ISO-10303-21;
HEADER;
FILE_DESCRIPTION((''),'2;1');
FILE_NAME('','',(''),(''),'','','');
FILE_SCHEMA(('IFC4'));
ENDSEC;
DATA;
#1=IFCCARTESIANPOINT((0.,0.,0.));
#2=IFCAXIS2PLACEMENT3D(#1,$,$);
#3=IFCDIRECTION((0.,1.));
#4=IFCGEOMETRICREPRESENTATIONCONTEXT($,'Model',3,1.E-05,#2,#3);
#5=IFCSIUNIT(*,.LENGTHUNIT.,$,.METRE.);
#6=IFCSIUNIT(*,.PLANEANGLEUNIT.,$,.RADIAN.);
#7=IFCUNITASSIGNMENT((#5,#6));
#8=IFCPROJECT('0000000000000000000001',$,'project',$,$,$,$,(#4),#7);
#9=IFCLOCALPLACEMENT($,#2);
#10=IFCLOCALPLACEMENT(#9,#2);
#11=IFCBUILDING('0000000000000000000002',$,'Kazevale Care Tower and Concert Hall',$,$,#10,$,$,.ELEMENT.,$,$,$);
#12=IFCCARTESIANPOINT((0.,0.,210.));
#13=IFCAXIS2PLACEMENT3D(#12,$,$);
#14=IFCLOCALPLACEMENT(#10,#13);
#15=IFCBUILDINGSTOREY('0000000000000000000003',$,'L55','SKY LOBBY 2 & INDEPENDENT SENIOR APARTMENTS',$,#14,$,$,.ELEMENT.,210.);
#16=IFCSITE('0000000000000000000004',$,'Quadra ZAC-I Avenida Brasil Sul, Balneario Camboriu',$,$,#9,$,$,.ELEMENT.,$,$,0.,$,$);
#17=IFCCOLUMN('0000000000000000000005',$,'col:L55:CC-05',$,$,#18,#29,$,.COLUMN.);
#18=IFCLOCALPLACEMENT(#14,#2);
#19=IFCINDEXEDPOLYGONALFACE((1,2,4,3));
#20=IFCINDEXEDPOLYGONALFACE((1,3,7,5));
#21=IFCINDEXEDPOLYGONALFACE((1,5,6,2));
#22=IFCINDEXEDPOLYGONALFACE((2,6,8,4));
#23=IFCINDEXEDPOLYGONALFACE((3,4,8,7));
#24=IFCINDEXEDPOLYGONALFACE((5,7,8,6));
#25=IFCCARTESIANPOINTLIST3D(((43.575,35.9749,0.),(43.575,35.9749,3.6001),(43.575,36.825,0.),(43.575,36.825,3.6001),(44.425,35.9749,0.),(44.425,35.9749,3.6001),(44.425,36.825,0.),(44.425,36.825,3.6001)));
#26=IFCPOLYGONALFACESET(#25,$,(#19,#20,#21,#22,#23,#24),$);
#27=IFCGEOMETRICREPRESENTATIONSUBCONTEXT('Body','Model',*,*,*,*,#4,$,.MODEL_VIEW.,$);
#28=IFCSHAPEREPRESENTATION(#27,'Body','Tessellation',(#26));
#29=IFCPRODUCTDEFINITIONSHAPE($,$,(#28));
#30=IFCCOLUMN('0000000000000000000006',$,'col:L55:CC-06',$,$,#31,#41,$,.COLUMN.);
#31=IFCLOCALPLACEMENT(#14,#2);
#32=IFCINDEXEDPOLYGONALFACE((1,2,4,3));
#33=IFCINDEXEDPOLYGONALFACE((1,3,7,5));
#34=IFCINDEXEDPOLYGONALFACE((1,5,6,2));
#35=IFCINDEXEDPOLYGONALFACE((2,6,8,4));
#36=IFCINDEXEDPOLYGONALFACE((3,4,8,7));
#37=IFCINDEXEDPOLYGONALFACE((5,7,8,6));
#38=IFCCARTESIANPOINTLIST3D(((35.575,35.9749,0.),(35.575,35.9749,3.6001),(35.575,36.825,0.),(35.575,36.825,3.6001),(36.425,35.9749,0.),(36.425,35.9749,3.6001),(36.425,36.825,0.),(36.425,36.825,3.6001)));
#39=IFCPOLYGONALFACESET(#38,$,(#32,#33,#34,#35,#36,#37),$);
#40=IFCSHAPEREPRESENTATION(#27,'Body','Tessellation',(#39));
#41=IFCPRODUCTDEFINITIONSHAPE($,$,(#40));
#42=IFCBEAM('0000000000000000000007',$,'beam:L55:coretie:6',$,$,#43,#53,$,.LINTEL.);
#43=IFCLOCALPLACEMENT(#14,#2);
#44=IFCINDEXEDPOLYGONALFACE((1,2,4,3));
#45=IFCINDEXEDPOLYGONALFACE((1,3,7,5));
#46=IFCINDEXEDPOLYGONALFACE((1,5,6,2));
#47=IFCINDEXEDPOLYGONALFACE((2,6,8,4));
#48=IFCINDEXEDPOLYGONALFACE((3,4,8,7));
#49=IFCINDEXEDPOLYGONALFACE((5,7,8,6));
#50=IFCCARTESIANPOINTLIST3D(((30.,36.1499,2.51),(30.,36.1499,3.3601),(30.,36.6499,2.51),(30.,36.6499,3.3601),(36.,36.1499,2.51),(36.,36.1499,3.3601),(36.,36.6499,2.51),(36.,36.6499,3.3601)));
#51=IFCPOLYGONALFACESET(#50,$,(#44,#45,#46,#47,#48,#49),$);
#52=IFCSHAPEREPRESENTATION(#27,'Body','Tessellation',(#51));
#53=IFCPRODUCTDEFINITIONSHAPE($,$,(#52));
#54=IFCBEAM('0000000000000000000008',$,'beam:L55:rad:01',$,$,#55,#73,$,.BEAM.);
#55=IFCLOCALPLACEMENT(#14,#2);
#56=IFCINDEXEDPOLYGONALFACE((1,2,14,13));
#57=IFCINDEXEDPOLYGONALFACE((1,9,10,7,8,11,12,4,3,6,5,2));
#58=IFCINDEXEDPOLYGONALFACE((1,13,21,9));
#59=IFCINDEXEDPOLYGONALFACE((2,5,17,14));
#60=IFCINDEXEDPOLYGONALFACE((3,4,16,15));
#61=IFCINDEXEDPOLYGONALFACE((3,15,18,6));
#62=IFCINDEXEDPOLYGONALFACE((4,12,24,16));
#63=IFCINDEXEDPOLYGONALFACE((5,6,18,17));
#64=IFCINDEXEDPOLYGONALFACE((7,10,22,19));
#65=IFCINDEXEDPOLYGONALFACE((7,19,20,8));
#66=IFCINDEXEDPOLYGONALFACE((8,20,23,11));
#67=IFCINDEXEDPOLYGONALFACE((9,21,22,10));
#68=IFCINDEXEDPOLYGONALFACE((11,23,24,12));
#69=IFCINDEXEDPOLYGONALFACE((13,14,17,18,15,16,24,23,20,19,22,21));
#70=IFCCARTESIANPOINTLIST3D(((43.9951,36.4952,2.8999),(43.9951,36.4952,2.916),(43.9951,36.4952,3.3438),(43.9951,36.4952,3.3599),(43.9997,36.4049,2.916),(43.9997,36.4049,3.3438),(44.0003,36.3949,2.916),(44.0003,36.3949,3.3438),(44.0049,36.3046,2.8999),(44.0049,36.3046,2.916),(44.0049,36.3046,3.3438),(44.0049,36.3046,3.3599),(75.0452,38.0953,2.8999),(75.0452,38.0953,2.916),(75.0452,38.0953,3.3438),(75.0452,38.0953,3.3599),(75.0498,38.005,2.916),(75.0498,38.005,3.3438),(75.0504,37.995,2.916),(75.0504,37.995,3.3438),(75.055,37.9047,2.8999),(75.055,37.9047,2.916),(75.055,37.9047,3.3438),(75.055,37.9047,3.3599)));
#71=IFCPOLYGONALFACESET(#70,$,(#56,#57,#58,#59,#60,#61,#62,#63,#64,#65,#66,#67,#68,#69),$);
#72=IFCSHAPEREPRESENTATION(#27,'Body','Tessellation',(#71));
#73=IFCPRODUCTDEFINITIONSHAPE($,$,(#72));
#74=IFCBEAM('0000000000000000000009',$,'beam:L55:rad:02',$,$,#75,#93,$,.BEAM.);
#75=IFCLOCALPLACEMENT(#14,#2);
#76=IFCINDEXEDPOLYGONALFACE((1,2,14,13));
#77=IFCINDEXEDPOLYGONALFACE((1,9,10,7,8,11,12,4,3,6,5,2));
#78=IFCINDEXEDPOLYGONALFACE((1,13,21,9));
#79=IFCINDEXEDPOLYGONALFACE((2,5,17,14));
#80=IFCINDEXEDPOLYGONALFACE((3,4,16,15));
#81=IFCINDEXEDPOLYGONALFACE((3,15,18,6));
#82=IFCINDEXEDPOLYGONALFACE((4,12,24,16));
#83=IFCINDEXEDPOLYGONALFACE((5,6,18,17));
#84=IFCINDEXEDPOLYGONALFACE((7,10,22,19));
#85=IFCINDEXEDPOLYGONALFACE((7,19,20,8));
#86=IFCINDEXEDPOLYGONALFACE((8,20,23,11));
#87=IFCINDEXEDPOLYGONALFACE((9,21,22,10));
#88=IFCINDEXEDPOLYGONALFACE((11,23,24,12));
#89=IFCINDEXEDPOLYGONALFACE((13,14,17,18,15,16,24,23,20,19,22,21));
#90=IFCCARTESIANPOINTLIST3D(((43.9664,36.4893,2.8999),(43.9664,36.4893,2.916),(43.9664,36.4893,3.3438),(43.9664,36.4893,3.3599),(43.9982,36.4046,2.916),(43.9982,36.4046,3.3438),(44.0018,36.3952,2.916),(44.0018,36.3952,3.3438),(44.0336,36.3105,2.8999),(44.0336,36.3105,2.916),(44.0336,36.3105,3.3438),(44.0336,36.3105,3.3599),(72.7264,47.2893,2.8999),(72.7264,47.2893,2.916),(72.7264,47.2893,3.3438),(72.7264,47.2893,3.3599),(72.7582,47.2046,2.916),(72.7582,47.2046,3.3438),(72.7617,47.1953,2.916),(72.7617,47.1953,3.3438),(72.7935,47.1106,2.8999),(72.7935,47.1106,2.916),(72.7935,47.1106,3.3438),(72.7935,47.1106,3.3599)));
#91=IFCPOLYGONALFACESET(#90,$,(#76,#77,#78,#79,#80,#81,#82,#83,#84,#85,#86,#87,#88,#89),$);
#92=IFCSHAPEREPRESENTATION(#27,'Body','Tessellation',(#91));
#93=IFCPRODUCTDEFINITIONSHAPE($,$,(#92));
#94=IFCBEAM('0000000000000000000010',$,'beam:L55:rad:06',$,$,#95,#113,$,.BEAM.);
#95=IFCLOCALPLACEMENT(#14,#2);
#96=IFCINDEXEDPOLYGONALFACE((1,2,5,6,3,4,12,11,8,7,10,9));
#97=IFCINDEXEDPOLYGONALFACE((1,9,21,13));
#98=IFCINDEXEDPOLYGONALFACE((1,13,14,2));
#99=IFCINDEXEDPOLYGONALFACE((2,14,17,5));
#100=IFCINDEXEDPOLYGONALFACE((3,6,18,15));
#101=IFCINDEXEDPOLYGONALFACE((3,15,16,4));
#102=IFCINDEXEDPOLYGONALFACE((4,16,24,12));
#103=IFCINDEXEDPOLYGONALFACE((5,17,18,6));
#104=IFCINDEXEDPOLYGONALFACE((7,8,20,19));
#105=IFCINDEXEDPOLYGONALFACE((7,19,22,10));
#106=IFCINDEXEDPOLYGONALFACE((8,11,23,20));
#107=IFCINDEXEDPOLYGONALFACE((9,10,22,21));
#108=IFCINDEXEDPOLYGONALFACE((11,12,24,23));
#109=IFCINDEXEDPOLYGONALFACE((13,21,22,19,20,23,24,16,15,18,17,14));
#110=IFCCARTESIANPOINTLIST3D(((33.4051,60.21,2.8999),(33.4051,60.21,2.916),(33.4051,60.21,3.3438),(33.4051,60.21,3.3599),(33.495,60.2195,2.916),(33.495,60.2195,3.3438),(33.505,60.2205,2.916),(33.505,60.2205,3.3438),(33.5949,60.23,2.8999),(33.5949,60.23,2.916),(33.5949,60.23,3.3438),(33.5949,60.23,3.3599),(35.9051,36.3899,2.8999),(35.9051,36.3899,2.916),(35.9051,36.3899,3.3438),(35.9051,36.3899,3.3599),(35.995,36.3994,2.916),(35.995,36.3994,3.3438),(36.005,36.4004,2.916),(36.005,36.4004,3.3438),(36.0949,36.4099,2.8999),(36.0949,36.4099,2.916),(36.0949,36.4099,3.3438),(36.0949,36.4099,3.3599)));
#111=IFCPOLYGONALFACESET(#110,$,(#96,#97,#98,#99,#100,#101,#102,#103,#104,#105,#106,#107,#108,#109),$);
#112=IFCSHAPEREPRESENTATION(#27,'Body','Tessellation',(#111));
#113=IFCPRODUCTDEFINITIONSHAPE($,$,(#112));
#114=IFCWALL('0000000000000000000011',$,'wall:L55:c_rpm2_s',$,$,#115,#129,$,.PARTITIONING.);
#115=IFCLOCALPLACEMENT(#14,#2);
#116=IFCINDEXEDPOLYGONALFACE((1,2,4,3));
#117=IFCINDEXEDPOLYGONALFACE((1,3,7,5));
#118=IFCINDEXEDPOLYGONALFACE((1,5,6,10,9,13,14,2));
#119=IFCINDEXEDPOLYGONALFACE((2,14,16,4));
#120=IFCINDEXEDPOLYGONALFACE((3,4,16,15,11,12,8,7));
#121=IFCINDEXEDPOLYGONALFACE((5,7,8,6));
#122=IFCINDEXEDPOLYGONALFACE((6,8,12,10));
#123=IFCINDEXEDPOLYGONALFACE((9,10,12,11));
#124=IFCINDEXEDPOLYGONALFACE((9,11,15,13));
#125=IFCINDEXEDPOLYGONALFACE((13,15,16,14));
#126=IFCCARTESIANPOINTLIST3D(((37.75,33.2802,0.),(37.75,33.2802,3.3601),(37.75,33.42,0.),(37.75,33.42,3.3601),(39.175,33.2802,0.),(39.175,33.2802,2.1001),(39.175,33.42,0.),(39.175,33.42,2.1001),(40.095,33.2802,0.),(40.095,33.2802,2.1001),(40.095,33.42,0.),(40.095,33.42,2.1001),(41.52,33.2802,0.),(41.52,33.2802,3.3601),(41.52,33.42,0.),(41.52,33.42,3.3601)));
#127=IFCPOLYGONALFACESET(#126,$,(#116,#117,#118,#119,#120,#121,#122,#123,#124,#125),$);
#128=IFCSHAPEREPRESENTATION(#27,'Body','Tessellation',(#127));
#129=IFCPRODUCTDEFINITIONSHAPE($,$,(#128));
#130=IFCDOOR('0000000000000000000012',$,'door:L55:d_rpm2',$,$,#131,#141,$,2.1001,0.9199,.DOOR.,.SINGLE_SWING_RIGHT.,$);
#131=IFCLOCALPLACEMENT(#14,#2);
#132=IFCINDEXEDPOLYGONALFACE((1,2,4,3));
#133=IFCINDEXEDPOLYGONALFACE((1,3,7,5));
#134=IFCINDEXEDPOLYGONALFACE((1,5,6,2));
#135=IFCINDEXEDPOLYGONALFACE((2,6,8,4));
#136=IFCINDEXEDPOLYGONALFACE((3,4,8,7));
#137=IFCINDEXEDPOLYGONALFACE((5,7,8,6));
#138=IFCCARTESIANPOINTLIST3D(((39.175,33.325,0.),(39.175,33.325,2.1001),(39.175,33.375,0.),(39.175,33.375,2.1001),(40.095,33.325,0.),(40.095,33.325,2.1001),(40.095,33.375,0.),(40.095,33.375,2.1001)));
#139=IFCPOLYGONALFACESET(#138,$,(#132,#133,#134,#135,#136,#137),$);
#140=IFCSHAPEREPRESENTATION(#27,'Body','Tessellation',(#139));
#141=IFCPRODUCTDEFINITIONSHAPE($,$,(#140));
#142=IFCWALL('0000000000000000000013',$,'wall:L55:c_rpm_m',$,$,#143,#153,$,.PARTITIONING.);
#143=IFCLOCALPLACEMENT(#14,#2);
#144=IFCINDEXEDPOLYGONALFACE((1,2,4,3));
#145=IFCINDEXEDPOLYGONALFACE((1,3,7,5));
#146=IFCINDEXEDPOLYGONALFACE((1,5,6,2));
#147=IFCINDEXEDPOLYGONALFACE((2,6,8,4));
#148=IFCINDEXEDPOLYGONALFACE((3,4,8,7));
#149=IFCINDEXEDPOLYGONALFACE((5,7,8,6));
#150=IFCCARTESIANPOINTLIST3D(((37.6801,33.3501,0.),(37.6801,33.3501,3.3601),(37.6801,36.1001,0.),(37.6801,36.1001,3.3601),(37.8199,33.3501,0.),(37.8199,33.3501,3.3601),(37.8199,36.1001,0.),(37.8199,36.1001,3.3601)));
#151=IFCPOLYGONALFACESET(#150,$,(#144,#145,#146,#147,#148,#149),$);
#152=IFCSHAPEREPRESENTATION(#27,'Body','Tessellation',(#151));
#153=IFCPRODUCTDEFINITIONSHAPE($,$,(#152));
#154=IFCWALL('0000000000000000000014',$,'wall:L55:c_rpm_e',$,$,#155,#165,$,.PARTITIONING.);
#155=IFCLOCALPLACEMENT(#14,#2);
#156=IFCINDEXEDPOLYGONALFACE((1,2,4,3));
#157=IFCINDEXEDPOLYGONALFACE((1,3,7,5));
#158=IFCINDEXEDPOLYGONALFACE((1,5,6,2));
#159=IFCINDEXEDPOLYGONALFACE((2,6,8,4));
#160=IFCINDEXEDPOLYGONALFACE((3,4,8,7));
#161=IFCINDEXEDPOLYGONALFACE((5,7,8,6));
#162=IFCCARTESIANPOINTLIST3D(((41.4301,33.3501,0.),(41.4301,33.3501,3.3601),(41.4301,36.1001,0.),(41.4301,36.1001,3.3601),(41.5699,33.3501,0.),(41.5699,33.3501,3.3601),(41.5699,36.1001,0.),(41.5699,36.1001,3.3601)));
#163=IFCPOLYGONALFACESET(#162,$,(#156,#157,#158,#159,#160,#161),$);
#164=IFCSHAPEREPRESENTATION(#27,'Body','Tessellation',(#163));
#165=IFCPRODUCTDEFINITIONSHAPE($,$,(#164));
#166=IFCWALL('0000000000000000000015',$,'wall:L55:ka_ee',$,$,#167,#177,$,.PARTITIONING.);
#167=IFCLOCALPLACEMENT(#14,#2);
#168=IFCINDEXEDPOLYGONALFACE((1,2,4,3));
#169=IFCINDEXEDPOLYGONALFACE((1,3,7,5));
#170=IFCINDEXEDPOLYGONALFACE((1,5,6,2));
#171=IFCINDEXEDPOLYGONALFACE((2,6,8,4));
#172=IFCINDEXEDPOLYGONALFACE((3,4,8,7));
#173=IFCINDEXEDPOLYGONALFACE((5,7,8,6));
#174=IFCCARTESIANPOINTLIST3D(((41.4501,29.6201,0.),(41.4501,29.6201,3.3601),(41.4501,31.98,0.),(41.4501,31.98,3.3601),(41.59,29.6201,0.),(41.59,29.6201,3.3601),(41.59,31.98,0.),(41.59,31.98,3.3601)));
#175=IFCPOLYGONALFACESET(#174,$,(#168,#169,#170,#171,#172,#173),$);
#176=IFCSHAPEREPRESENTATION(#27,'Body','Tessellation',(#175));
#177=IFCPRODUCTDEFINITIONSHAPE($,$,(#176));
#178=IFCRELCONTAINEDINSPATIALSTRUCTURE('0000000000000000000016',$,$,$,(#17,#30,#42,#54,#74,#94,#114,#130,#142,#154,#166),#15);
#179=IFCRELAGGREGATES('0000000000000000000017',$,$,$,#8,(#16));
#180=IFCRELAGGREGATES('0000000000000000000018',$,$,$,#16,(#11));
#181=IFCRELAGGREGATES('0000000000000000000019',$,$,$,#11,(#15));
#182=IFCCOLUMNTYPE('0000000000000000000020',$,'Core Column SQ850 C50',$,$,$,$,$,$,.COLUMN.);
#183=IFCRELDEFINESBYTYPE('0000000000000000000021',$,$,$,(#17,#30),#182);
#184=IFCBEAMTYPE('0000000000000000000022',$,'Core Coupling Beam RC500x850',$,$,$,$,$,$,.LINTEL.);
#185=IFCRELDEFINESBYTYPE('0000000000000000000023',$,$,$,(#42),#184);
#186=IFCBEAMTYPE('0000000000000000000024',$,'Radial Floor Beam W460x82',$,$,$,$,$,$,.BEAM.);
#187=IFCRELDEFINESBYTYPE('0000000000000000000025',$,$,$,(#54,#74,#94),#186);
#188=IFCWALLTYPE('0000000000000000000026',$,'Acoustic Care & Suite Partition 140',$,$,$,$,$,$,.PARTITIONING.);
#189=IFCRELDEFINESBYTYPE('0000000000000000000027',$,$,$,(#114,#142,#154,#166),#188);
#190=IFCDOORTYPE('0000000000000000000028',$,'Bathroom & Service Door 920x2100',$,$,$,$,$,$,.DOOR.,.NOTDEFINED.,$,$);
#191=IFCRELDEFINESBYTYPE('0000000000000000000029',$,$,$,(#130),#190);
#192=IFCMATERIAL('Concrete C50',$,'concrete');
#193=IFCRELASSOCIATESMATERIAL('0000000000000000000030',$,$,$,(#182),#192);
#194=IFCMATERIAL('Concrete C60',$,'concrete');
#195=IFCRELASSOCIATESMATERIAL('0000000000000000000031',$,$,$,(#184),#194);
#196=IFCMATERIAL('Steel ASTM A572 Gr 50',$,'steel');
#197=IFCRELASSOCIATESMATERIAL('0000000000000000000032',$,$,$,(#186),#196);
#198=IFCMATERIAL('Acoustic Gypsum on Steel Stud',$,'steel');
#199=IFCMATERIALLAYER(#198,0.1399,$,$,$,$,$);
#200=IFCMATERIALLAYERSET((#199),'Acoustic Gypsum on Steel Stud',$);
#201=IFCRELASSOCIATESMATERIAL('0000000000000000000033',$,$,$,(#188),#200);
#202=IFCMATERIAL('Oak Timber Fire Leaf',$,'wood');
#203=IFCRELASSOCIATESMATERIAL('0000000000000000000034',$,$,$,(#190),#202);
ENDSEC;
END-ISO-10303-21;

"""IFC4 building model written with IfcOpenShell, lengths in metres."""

from ifc_helpers import new_model, si_unit, direction, frame, frame_2d, origin, origin_2d, place, context, subcontext, project, spatial, rectangle, i_section, extrude, material, layer, layer_set, material_profile, profile_set, type_object, element, fill, save


model = new_model("IFC4")

# Units and contexts
model_context = context("Model", 3, precision=1e-05, world=origin(), true_north=direction((0.0, 1.0)))
body_context = subcontext(model_context, "Body", "Model", "MODEL_VIEW")
ifc_project = project(units=[si_unit("LENGTHUNIT", "METRE"), si_unit("PLANEANGLEUNIT", "RADIAN")], contexts=[model_context])

# Site, building, storey
site_placement = place(None, origin())
site = spatial("IfcSite", under=ifc_project, at=site_placement, Name="Quadra ZAC-I Avenida Brasil Sul, Balneario Camboriu", CompositionType="ELEMENT", RefElevation=0.0)
building_placement = place(site_placement, origin())
building = spatial("IfcBuilding", under=site, at=building_placement, Name="Kazevale Care Tower and Concert Hall", CompositionType="ELEMENT")
storey_placement = place(building_placement, frame((0.0, 0.0, 210.0)))
storey = spatial("IfcBuildingStorey", under=building, at=storey_placement, Name="L55", Description="SKY LOBBY 2 & INDEPENDENT SENIOR APARTMENTS", CompositionType="ELEMENT", Elevation=210.0)

# Columns
ifc_material_1 = material(Name="Concrete C50", Category="concrete")
ifc_material_profile_1 = material_profile(ifc_material_1, rectangle(XDim=0.8501, YDim=0.8501, at=origin_2d()), Name="RC-SQ850")
ifc_profile_set_1 = profile_set([ifc_material_profile_1], Name="Concrete C50")
column_type = type_object("IfcColumnType", Name="Core Column SQ850 C50", PredefinedType="COLUMN", material=ifc_profile_set_1)
for number, where, z_axis, x_axis, name in (
    (1, (44.0, 36.3999, 0.0), (0.0, 0.0, 1.0), (1.0, 0.0, 0.0), "col:L55:CC-05"),
    (2, (36.0, 36.3999, 0.0), (0.0, 0.0, 1.0), (1.0, 0.0, 0.0), "col:L55:CC-06"),
):
    element("IfcColumn", number, at=place(storey_placement, frame(where, z_axis=z_axis, x_axis=x_axis)), inside=storey, type_object=column_type, Name=name, PredefinedType="COLUMN", context=body_context, shape_type="SweptSolid", body=[
        extrude(rectangle(XDim=0.8501, YDim=0.8501, at=origin_2d()), origin(), (0.0, 0.0, 1.0), 3.6001),
    ])

# Beams
ifc_material_2 = material(Name="Concrete C60", Category="concrete")
ifc_material_profile_2 = material_profile(ifc_material_2, rectangle(XDim=0.5, YDim=0.8501, at=origin_2d()), Name="RC-B500x850")
ifc_profile_set_2 = profile_set([ifc_material_profile_2], Name="Concrete C60")
beam_type_1 = type_object("IfcBeamType", Name="Core Coupling Beam RC500x850", PredefinedType="LINTEL", material=ifc_profile_set_2)
beam_1_placement = place(storey_placement, frame((36.0, 36.3999, 2.9351), z_axis=(-1.0, 0.0, 0.0), x_axis=(0.0, -1.0, 0.0)))
element("IfcBeam", 3, at=beam_1_placement, inside=storey, type_object=beam_type_1, Name="beam:L55:coretie:6", PredefinedType="LINTEL", context=body_context, shape_type="SweptSolid", body=[
    extrude(rectangle(XDim=0.5, YDim=0.8501, at=origin_2d()), origin(), (0.0, 0.0, 1.0), 6.0),
])
ifc_material_3 = material(Name="Steel ASTM A572 Gr 50", Category="steel")
ifc_material_profile_3 = material_profile(ifc_material_3, i_section(OverallWidth=0.1909, OverallDepth=0.46, WebThickness=0.01, FlangeThickness=0.0161, at=origin_2d()), Name="W460x82")
ifc_profile_set_3 = profile_set([ifc_material_profile_3], Name="Steel ASTM A572 Gr 50")
beam_type_2 = type_object("IfcBeamType", Name="Radial Floor Beam W460x82", PredefinedType="BEAM", material=ifc_profile_set_3)
beam_2_placement = place(storey_placement, frame((44.0, 36.3999, 3.1299), z_axis=(0.998675, 0.051465, 0.0), x_axis=(-0.051465, 0.998675, 0.0)))
element("IfcBeam", 4, at=beam_2_placement, inside=storey, type_object=beam_type_2, Name="beam:L55:rad:01", PredefinedType="BEAM", context=body_context, shape_type="SweptSolid", body=[
    extrude(i_section(OverallWidth=0.1909, OverallDepth=0.46, WebThickness=0.01, FlangeThickness=0.0161, at=origin_2d()), origin(), (0.0, 0.0, 1.0), 31.0913),
])
beam_3_placement = place(storey_placement, frame((44.0, 36.3999, 3.1299), z_axis=(0.936168, 0.351553, 0.0), x_axis=(-0.351553, 0.936168, 0.0)))
element("IfcBeam", 5, at=beam_3_placement, inside=storey, type_object=beam_type_2, Name="beam:L55:rad:02", PredefinedType="BEAM", context=body_context, shape_type="SweptSolid", body=[
    extrude(i_section(OverallWidth=0.1909, OverallDepth=0.46, WebThickness=0.01, FlangeThickness=0.0161, at=origin_2d()), origin(), (0.0, 0.0, 1.0), 30.7209),
])
beam_4_placement = place(storey_placement, frame((36.0, 36.3999, 3.1299), z_axis=(-0.10438, 0.994537, 0.0), x_axis=(-0.994537, -0.10438, 0.0)))
element("IfcBeam", 6, at=beam_4_placement, inside=storey, type_object=beam_type_2, Name="beam:L55:rad:06", PredefinedType="BEAM", context=body_context, shape_type="SweptSolid", body=[
    extrude(i_section(OverallWidth=0.1909, OverallDepth=0.46, WebThickness=0.01, FlangeThickness=0.0161, at=origin_2d()), origin(), (0.0, 0.0, 1.0), 23.9509),
])

# Wall, opening, door
ifc_material_4 = material(Name="Acoustic Gypsum on Steel Stud", Category="steel")
ifc_layer_1 = layer(ifc_material_4, 0.1399)
ifc_layer_set_1 = layer_set([ifc_layer_1], Name="Acoustic Gypsum on Steel Stud")
wall_type_1 = type_object("IfcWallType", Name="Acoustic Care & Suite Partition 140", PredefinedType="PARTITIONING", material=ifc_layer_set_1)
wall_1_placement = place(storey_placement, frame((37.75, 33.3501, 0.0), z_axis=(0.0, 0.0, 1.0), x_axis=(1.0, 0.0, 0.0)))
wall_1 = element("IfcWall", 7, at=wall_1_placement, inside=storey, type_object=wall_type_1, Name="wall:L55:c_rpm2_s", PredefinedType="PARTITIONING", context=body_context, shape_type="SweptSolid", body=[
    extrude(rectangle(XDim=3.77, YDim=0.1399, at=frame_2d((1.885, 0.0))), origin(), (0.0, 0.0, 1.0), 3.3601),
])
opening_1_placement = place(wall_1_placement, frame((1.425, 0.0, 0.0)))
opening_1 = element("IfcOpeningElement", 8, at=opening_1_placement, cuts=wall_1, PredefinedType="OPENING", context=body_context, shape_type="SweptSolid", body=[
    extrude(rectangle(XDim=0.9199, YDim=2.1001, at=frame_2d((0.46, 1.05))), frame((0.0, 0.0798, 0.0), z_axis=(0.0, -1.0, 0.0), x_axis=(1.0, 0.0, 0.0)), (0.0, 0.0, 1.0), 0.1599),
])
ifc_material_5 = material(Name="Oak Timber Fire Leaf", Category="wood")
door_type_1 = type_object("IfcDoorType", Name="Bathroom & Service Door 920x2100", OperationType="NOTDEFINED", PredefinedType="DOOR", material=ifc_material_5)
door_1_placement = place(opening_1_placement, origin())
door_1 = element("IfcDoor", 9, at=door_1_placement, inside=storey, type_object=door_type_1, Name="door:L55:d_rpm2", OperationType="SINGLE_SWING_RIGHT", OverallHeight=2.1001, OverallWidth=0.9199, PredefinedType="DOOR", context=body_context, shape_type="SweptSolid", body=[
    extrude(rectangle(XDim=0.9199, YDim=2.1001, at=frame_2d((0.46, 1.05))), frame((0.0, 0.0249, 0.0), z_axis=(0.0, -1.0, 0.0), x_axis=(1.0, 0.0, 0.0)), (0.0, 0.0, 1.0), 0.05),
])
fill(opening_1, door_1)

# Walls
for number, where, z_axis, x_axis, name in (
    (10, (37.75, 33.3501, 0.0), (0.0, 0.0, 1.0), (0.0, 1.0, 0.0), "wall:L55:c_rpm_m"),
    (11, (41.5, 33.3501, 0.0), (0.0, 0.0, 1.0), (0.0, 1.0, 0.0), "wall:L55:c_rpm_e"),
):
    element("IfcWall", number, at=place(storey_placement, frame(where, z_axis=z_axis, x_axis=x_axis)), inside=storey, type_object=wall_type_1, Name=name, PredefinedType="PARTITIONING", context=body_context, shape_type="SweptSolid", body=[
        extrude(rectangle(XDim=2.75, YDim=0.1399, at=frame_2d((1.375, 0.0))), origin(), (0.0, 0.0, 1.0), 3.3601),
    ])
wall_2_placement = place(storey_placement, frame((41.52, 29.6201, 0.0), z_axis=(0.0, 0.0, 1.0), x_axis=(0.0, 1.0, 0.0)))
element("IfcWall", 12, at=wall_2_placement, inside=storey, type_object=wall_type_1, Name="wall:L55:ka_ee", PredefinedType="PARTITIONING", context=body_context, shape_type="SweptSolid", body=[
    extrude(rectangle(XDim=2.3599, YDim=0.1399, at=frame_2d((1.1799, 0.0))), origin(), (0.0, 0.0, 1.0), 3.3601),
])

save(model, "model.ifc")
